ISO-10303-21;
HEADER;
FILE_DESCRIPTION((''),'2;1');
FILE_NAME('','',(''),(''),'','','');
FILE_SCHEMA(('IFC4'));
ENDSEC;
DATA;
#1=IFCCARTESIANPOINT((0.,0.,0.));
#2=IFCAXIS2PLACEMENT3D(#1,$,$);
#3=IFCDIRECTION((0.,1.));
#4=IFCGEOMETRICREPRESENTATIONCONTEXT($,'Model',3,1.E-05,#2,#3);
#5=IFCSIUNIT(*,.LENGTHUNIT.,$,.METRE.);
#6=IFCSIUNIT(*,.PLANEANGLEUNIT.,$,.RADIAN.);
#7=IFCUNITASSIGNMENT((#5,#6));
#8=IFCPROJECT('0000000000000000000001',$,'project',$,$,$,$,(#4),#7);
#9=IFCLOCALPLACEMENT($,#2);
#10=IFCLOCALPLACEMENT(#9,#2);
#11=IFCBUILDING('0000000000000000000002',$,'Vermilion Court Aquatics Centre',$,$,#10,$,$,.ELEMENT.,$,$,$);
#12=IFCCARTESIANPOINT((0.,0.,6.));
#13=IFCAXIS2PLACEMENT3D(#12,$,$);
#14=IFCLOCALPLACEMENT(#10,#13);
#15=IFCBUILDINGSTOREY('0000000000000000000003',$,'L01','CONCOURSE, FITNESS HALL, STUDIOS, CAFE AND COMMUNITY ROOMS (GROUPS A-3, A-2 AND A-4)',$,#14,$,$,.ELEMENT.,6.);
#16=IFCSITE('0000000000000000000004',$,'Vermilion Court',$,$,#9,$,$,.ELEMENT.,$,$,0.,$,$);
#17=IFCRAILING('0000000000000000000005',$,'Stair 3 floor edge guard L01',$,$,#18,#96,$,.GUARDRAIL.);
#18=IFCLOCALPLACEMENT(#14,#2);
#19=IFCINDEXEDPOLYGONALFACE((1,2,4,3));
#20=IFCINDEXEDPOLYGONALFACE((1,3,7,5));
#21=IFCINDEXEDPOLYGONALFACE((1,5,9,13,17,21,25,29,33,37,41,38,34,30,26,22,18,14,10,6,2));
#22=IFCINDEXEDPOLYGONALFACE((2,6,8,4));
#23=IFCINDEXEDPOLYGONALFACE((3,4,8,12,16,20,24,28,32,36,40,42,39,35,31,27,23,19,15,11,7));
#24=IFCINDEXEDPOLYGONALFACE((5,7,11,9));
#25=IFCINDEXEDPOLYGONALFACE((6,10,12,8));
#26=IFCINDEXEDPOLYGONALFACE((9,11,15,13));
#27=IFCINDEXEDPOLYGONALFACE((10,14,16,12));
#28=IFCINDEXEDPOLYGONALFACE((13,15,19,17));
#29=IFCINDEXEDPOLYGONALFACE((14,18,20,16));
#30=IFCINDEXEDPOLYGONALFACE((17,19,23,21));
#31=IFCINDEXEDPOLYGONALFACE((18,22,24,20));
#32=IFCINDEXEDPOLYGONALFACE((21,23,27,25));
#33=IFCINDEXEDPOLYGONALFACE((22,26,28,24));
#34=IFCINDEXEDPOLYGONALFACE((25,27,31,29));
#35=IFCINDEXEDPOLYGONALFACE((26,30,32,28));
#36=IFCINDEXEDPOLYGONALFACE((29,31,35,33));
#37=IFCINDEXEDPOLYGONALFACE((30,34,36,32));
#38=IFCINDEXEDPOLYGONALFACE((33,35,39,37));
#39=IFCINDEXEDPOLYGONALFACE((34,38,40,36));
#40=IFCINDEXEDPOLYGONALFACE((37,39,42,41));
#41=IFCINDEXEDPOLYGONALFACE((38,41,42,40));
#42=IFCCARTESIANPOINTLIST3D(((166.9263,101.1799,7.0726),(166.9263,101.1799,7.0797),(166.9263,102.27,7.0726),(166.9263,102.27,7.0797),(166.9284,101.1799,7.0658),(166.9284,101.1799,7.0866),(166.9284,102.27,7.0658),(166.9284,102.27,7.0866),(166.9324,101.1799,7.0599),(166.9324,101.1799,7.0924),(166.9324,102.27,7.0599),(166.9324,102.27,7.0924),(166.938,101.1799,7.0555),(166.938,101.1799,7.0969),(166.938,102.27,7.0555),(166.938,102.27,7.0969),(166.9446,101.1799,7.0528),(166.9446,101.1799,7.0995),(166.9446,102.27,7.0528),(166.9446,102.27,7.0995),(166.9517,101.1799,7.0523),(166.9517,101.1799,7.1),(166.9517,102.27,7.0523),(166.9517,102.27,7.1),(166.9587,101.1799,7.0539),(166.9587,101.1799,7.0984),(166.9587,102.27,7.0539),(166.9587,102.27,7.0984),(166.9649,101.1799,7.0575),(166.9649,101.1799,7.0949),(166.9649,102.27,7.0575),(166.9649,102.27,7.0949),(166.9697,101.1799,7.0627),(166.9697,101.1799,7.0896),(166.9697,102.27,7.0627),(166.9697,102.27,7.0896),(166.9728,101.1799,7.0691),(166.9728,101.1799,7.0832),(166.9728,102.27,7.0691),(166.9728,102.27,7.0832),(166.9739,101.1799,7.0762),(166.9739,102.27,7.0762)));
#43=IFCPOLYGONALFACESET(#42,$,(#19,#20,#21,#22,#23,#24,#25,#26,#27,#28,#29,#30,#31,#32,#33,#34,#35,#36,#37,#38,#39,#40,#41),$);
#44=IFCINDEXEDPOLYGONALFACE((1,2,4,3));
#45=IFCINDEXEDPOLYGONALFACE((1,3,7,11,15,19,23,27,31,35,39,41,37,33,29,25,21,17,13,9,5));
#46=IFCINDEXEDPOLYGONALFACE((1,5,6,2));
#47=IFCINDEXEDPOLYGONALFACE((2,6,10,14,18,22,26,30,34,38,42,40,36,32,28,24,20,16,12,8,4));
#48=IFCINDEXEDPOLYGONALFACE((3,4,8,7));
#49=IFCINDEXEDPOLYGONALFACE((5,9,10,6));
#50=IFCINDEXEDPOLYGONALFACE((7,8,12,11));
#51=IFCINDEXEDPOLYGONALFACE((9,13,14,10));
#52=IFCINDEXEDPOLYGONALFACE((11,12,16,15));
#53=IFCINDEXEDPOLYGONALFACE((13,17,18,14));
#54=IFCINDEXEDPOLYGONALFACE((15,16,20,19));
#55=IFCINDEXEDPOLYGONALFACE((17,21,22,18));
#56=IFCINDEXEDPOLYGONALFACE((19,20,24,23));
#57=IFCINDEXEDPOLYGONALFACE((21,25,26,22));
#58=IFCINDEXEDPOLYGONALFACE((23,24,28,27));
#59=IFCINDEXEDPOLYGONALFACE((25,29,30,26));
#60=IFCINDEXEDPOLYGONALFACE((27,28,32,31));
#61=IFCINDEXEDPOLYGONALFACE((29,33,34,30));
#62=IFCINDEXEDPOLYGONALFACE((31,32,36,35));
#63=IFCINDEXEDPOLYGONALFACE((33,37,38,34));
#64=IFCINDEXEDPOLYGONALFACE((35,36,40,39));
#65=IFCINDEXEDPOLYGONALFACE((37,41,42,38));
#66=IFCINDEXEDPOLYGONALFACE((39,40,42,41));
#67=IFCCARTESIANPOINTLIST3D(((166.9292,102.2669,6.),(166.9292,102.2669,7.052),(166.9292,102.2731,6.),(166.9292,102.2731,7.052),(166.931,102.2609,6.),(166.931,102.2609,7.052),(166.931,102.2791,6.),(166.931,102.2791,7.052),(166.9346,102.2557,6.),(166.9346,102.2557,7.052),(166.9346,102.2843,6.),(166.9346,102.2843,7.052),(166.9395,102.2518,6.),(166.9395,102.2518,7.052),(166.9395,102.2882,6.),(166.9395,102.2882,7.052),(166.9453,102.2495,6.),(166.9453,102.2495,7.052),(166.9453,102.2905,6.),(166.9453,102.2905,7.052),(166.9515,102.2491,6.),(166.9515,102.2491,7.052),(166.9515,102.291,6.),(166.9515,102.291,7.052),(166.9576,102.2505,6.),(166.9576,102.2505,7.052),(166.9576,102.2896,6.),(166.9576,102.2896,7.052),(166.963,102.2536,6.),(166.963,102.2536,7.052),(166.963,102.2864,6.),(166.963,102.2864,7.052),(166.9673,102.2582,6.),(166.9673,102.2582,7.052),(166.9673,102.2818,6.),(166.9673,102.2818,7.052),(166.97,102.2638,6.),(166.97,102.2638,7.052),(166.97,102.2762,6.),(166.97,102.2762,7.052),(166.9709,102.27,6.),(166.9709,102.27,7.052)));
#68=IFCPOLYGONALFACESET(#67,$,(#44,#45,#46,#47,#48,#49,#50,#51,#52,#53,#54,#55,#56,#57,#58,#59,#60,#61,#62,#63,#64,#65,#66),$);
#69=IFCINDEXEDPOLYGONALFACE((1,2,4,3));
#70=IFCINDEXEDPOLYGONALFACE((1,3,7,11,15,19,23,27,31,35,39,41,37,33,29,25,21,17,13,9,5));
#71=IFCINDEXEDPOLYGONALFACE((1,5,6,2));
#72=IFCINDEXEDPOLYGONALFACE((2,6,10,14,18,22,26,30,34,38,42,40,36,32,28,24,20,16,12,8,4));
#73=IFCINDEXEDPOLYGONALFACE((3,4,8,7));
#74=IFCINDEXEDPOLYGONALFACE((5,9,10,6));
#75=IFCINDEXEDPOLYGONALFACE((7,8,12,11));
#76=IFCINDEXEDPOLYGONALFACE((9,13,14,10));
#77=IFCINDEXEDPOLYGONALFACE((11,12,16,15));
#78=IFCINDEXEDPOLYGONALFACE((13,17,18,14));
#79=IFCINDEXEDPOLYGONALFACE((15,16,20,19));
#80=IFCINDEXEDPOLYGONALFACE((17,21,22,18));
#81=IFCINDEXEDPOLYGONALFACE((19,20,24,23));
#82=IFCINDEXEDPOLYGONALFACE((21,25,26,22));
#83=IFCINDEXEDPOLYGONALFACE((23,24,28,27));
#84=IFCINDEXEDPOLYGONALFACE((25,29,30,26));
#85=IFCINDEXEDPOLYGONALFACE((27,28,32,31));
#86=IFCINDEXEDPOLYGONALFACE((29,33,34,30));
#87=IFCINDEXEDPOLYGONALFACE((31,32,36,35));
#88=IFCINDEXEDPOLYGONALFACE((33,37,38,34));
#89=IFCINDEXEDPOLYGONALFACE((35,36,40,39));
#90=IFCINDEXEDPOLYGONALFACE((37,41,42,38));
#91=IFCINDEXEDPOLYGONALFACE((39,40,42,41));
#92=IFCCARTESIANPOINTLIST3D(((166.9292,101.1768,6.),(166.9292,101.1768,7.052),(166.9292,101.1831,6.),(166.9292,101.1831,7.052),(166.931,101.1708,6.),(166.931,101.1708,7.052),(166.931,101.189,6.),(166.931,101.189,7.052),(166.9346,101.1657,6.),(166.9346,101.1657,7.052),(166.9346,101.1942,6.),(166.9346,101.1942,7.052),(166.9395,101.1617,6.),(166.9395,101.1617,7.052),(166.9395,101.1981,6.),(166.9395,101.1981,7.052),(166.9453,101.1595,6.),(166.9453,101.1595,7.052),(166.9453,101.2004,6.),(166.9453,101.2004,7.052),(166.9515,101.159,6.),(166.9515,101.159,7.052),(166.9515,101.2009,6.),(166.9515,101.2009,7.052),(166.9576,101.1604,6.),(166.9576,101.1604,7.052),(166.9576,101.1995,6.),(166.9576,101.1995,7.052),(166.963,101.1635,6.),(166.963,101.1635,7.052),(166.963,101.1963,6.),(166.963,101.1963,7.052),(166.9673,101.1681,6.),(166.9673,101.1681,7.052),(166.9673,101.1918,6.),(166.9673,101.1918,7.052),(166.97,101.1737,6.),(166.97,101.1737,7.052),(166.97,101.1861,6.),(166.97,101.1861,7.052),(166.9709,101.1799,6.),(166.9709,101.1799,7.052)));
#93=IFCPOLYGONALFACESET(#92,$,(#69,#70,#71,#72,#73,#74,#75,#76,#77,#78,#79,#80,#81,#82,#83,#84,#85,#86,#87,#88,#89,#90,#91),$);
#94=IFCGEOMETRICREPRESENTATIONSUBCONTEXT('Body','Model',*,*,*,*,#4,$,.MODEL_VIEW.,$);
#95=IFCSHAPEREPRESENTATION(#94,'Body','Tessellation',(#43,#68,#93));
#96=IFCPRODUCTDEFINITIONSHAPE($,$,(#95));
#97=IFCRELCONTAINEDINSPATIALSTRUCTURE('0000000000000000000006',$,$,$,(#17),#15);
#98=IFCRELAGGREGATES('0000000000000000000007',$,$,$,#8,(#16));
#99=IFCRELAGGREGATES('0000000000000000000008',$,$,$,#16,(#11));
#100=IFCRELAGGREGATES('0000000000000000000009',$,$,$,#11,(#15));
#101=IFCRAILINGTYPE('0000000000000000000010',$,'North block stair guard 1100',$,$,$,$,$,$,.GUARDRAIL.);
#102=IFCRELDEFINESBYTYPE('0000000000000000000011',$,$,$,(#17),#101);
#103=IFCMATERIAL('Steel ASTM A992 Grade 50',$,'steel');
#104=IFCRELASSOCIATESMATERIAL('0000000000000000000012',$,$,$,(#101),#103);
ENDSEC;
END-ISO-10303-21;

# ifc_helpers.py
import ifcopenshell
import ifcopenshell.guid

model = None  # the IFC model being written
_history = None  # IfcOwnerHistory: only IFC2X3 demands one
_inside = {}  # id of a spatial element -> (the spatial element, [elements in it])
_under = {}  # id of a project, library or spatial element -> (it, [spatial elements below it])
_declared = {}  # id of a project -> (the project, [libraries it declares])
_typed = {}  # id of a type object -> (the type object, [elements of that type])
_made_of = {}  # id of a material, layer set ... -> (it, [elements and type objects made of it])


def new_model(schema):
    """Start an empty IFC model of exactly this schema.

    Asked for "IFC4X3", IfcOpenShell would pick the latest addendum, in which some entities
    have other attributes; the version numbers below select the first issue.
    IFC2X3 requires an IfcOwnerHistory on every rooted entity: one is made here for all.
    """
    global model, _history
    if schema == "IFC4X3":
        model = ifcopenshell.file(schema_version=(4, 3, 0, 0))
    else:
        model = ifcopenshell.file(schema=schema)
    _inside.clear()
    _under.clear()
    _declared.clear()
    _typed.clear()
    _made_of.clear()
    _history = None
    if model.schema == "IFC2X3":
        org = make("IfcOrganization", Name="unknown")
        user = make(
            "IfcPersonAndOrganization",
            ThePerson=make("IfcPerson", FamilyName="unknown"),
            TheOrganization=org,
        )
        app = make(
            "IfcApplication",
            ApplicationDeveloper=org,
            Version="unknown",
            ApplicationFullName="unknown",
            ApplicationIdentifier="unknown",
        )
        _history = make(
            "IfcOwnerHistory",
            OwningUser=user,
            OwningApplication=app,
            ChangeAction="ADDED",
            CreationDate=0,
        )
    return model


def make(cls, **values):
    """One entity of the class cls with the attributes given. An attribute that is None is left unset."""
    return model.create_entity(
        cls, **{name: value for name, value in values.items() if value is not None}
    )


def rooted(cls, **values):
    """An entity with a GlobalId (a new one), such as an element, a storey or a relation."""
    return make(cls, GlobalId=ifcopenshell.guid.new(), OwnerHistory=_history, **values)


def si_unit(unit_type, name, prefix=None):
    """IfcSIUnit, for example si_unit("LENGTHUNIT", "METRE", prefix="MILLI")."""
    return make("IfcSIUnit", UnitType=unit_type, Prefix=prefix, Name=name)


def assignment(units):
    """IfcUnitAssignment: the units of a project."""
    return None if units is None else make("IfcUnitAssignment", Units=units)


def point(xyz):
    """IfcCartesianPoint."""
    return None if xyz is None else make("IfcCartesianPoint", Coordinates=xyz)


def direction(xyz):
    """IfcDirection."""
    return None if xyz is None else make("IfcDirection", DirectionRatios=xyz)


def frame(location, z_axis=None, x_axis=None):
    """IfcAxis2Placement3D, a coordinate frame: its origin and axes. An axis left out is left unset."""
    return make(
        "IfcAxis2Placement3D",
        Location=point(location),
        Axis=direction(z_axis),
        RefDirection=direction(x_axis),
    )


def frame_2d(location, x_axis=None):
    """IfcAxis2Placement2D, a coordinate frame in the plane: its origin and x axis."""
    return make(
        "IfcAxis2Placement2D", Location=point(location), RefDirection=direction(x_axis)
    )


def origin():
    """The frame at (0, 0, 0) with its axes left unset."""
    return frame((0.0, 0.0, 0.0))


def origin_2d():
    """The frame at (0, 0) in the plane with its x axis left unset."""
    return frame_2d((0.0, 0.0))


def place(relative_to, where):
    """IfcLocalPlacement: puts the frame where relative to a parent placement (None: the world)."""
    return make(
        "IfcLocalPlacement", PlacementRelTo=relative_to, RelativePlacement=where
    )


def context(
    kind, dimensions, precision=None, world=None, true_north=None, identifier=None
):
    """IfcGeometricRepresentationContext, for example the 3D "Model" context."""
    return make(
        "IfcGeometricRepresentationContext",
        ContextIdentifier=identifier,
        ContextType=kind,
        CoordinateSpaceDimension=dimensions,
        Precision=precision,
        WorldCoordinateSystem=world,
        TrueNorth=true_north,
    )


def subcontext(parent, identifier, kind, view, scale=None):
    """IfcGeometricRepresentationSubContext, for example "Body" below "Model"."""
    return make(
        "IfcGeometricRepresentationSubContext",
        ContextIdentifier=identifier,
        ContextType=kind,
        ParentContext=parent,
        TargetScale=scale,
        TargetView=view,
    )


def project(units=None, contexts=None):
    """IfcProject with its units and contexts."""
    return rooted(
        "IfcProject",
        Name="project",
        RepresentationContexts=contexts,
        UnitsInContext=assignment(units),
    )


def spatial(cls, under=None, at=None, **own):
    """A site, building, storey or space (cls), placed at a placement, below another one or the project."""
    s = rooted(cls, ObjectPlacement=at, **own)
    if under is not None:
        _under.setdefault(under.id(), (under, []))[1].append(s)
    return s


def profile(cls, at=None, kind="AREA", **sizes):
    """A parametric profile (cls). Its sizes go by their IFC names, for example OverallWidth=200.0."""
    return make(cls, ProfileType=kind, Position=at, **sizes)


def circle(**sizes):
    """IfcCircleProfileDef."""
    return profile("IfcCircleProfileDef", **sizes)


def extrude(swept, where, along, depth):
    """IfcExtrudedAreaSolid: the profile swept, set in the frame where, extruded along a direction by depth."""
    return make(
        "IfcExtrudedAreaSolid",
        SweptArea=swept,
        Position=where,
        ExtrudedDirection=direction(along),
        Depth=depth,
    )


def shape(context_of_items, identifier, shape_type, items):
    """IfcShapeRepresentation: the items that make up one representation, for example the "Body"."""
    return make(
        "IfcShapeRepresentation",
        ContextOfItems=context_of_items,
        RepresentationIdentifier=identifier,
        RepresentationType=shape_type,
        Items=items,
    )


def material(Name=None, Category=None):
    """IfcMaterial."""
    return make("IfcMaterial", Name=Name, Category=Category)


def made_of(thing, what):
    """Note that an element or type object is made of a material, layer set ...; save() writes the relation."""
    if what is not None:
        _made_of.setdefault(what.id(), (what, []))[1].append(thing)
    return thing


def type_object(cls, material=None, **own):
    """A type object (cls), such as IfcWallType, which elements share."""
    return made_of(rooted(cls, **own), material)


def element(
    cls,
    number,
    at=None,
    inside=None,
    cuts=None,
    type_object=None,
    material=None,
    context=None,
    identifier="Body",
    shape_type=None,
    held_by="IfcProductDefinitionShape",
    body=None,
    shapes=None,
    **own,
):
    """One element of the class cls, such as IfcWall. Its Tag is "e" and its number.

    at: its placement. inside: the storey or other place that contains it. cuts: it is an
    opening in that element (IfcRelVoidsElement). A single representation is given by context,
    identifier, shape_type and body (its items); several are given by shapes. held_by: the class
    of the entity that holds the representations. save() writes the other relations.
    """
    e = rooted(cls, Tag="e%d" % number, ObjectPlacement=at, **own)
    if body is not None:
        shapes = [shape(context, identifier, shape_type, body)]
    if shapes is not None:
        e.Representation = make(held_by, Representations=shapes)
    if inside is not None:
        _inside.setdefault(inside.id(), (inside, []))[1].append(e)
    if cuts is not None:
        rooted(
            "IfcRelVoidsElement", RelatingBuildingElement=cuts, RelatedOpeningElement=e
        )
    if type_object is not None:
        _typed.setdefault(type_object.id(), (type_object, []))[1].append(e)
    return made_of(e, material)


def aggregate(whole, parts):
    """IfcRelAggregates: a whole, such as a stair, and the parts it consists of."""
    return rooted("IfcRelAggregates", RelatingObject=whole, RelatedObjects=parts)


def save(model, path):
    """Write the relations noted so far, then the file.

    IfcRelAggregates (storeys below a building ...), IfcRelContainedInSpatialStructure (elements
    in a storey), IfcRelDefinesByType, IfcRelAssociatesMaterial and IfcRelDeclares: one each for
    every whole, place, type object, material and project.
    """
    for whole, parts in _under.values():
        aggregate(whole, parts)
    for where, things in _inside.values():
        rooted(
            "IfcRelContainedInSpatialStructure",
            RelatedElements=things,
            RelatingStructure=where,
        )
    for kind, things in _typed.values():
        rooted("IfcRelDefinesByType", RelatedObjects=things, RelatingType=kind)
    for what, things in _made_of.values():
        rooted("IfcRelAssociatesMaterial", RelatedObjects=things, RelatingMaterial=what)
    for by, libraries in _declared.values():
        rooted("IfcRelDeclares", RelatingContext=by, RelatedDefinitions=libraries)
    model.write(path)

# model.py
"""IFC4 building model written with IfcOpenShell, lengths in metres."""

from ifc_helpers import new_model, si_unit, direction, frame, origin, origin_2d, place, context, subcontext, project, spatial, circle, extrude, material, type_object, element, save


model = new_model("IFC4")

# Units and contexts
model_context = context("Model", 3, precision=1e-05, world=origin(), true_north=direction((0.0, 1.0)))
body_context = subcontext(model_context, "Body", "Model", "MODEL_VIEW")
ifc_project = project(units=[si_unit("LENGTHUNIT", "METRE"), si_unit("PLANEANGLEUNIT", "RADIAN")], contexts=[model_context])

# Site, building, storey
site_placement = place(None, origin())
site = spatial("IfcSite", under=ifc_project, at=site_placement, Name="Vermilion Court", CompositionType="ELEMENT", RefElevation=0.0)
building_placement = place(site_placement, origin())
building = spatial("IfcBuilding", under=site, at=building_placement, Name="Vermilion Court Aquatics Centre", CompositionType="ELEMENT")
storey_placement = place(building_placement, frame((0.0, 0.0, 6.0)))
storey = spatial("IfcBuildingStorey", under=building, at=storey_placement, Name="L01", Description="CONCOURSE, FITNESS HALL, STUDIOS, CAFE AND COMMUNITY ROOMS (GROUPS A-3, A-2 AND A-4)", CompositionType="ELEMENT", Elevation=6.0)

# Railing
ifc_material_1 = material(Name="Steel ASTM A992 Grade 50", Category="steel")
railing_type_1 = type_object("IfcRailingType", Name="North block stair guard 1100", PredefinedType="GUARDRAIL", material=ifc_material_1)
railing_1_placement = place(storey_placement, frame((166.95, 102.27, 6.0)))
element("IfcRailing", 1, at=railing_1_placement, inside=storey, type_object=railing_type_1, Name="Stair 3 floor edge guard L01", PredefinedType="GUARDRAIL", context=body_context, shape_type="SweptSolid", body=[
    extrude(circle(Radius=0.0239, at=origin_2d()), frame((0.0, 0.0, 1.0762), z_axis=(0.0, -1.0, 0.0), x_axis=(1.0, 0.0, 0.0)), (0.0, 0.0, 1.0), 1.0901),
    extrude(circle(Radius=0.021, at=origin_2d()), origin(), (0.0, 0.0, 1.0), 1.052),
    extrude(circle(Radius=0.021, at=origin_2d()), frame((0.0, -1.0901, 0.0)), (0.0, 0.0, 1.0), 1.052),
])

save(model, "model.ifc")
